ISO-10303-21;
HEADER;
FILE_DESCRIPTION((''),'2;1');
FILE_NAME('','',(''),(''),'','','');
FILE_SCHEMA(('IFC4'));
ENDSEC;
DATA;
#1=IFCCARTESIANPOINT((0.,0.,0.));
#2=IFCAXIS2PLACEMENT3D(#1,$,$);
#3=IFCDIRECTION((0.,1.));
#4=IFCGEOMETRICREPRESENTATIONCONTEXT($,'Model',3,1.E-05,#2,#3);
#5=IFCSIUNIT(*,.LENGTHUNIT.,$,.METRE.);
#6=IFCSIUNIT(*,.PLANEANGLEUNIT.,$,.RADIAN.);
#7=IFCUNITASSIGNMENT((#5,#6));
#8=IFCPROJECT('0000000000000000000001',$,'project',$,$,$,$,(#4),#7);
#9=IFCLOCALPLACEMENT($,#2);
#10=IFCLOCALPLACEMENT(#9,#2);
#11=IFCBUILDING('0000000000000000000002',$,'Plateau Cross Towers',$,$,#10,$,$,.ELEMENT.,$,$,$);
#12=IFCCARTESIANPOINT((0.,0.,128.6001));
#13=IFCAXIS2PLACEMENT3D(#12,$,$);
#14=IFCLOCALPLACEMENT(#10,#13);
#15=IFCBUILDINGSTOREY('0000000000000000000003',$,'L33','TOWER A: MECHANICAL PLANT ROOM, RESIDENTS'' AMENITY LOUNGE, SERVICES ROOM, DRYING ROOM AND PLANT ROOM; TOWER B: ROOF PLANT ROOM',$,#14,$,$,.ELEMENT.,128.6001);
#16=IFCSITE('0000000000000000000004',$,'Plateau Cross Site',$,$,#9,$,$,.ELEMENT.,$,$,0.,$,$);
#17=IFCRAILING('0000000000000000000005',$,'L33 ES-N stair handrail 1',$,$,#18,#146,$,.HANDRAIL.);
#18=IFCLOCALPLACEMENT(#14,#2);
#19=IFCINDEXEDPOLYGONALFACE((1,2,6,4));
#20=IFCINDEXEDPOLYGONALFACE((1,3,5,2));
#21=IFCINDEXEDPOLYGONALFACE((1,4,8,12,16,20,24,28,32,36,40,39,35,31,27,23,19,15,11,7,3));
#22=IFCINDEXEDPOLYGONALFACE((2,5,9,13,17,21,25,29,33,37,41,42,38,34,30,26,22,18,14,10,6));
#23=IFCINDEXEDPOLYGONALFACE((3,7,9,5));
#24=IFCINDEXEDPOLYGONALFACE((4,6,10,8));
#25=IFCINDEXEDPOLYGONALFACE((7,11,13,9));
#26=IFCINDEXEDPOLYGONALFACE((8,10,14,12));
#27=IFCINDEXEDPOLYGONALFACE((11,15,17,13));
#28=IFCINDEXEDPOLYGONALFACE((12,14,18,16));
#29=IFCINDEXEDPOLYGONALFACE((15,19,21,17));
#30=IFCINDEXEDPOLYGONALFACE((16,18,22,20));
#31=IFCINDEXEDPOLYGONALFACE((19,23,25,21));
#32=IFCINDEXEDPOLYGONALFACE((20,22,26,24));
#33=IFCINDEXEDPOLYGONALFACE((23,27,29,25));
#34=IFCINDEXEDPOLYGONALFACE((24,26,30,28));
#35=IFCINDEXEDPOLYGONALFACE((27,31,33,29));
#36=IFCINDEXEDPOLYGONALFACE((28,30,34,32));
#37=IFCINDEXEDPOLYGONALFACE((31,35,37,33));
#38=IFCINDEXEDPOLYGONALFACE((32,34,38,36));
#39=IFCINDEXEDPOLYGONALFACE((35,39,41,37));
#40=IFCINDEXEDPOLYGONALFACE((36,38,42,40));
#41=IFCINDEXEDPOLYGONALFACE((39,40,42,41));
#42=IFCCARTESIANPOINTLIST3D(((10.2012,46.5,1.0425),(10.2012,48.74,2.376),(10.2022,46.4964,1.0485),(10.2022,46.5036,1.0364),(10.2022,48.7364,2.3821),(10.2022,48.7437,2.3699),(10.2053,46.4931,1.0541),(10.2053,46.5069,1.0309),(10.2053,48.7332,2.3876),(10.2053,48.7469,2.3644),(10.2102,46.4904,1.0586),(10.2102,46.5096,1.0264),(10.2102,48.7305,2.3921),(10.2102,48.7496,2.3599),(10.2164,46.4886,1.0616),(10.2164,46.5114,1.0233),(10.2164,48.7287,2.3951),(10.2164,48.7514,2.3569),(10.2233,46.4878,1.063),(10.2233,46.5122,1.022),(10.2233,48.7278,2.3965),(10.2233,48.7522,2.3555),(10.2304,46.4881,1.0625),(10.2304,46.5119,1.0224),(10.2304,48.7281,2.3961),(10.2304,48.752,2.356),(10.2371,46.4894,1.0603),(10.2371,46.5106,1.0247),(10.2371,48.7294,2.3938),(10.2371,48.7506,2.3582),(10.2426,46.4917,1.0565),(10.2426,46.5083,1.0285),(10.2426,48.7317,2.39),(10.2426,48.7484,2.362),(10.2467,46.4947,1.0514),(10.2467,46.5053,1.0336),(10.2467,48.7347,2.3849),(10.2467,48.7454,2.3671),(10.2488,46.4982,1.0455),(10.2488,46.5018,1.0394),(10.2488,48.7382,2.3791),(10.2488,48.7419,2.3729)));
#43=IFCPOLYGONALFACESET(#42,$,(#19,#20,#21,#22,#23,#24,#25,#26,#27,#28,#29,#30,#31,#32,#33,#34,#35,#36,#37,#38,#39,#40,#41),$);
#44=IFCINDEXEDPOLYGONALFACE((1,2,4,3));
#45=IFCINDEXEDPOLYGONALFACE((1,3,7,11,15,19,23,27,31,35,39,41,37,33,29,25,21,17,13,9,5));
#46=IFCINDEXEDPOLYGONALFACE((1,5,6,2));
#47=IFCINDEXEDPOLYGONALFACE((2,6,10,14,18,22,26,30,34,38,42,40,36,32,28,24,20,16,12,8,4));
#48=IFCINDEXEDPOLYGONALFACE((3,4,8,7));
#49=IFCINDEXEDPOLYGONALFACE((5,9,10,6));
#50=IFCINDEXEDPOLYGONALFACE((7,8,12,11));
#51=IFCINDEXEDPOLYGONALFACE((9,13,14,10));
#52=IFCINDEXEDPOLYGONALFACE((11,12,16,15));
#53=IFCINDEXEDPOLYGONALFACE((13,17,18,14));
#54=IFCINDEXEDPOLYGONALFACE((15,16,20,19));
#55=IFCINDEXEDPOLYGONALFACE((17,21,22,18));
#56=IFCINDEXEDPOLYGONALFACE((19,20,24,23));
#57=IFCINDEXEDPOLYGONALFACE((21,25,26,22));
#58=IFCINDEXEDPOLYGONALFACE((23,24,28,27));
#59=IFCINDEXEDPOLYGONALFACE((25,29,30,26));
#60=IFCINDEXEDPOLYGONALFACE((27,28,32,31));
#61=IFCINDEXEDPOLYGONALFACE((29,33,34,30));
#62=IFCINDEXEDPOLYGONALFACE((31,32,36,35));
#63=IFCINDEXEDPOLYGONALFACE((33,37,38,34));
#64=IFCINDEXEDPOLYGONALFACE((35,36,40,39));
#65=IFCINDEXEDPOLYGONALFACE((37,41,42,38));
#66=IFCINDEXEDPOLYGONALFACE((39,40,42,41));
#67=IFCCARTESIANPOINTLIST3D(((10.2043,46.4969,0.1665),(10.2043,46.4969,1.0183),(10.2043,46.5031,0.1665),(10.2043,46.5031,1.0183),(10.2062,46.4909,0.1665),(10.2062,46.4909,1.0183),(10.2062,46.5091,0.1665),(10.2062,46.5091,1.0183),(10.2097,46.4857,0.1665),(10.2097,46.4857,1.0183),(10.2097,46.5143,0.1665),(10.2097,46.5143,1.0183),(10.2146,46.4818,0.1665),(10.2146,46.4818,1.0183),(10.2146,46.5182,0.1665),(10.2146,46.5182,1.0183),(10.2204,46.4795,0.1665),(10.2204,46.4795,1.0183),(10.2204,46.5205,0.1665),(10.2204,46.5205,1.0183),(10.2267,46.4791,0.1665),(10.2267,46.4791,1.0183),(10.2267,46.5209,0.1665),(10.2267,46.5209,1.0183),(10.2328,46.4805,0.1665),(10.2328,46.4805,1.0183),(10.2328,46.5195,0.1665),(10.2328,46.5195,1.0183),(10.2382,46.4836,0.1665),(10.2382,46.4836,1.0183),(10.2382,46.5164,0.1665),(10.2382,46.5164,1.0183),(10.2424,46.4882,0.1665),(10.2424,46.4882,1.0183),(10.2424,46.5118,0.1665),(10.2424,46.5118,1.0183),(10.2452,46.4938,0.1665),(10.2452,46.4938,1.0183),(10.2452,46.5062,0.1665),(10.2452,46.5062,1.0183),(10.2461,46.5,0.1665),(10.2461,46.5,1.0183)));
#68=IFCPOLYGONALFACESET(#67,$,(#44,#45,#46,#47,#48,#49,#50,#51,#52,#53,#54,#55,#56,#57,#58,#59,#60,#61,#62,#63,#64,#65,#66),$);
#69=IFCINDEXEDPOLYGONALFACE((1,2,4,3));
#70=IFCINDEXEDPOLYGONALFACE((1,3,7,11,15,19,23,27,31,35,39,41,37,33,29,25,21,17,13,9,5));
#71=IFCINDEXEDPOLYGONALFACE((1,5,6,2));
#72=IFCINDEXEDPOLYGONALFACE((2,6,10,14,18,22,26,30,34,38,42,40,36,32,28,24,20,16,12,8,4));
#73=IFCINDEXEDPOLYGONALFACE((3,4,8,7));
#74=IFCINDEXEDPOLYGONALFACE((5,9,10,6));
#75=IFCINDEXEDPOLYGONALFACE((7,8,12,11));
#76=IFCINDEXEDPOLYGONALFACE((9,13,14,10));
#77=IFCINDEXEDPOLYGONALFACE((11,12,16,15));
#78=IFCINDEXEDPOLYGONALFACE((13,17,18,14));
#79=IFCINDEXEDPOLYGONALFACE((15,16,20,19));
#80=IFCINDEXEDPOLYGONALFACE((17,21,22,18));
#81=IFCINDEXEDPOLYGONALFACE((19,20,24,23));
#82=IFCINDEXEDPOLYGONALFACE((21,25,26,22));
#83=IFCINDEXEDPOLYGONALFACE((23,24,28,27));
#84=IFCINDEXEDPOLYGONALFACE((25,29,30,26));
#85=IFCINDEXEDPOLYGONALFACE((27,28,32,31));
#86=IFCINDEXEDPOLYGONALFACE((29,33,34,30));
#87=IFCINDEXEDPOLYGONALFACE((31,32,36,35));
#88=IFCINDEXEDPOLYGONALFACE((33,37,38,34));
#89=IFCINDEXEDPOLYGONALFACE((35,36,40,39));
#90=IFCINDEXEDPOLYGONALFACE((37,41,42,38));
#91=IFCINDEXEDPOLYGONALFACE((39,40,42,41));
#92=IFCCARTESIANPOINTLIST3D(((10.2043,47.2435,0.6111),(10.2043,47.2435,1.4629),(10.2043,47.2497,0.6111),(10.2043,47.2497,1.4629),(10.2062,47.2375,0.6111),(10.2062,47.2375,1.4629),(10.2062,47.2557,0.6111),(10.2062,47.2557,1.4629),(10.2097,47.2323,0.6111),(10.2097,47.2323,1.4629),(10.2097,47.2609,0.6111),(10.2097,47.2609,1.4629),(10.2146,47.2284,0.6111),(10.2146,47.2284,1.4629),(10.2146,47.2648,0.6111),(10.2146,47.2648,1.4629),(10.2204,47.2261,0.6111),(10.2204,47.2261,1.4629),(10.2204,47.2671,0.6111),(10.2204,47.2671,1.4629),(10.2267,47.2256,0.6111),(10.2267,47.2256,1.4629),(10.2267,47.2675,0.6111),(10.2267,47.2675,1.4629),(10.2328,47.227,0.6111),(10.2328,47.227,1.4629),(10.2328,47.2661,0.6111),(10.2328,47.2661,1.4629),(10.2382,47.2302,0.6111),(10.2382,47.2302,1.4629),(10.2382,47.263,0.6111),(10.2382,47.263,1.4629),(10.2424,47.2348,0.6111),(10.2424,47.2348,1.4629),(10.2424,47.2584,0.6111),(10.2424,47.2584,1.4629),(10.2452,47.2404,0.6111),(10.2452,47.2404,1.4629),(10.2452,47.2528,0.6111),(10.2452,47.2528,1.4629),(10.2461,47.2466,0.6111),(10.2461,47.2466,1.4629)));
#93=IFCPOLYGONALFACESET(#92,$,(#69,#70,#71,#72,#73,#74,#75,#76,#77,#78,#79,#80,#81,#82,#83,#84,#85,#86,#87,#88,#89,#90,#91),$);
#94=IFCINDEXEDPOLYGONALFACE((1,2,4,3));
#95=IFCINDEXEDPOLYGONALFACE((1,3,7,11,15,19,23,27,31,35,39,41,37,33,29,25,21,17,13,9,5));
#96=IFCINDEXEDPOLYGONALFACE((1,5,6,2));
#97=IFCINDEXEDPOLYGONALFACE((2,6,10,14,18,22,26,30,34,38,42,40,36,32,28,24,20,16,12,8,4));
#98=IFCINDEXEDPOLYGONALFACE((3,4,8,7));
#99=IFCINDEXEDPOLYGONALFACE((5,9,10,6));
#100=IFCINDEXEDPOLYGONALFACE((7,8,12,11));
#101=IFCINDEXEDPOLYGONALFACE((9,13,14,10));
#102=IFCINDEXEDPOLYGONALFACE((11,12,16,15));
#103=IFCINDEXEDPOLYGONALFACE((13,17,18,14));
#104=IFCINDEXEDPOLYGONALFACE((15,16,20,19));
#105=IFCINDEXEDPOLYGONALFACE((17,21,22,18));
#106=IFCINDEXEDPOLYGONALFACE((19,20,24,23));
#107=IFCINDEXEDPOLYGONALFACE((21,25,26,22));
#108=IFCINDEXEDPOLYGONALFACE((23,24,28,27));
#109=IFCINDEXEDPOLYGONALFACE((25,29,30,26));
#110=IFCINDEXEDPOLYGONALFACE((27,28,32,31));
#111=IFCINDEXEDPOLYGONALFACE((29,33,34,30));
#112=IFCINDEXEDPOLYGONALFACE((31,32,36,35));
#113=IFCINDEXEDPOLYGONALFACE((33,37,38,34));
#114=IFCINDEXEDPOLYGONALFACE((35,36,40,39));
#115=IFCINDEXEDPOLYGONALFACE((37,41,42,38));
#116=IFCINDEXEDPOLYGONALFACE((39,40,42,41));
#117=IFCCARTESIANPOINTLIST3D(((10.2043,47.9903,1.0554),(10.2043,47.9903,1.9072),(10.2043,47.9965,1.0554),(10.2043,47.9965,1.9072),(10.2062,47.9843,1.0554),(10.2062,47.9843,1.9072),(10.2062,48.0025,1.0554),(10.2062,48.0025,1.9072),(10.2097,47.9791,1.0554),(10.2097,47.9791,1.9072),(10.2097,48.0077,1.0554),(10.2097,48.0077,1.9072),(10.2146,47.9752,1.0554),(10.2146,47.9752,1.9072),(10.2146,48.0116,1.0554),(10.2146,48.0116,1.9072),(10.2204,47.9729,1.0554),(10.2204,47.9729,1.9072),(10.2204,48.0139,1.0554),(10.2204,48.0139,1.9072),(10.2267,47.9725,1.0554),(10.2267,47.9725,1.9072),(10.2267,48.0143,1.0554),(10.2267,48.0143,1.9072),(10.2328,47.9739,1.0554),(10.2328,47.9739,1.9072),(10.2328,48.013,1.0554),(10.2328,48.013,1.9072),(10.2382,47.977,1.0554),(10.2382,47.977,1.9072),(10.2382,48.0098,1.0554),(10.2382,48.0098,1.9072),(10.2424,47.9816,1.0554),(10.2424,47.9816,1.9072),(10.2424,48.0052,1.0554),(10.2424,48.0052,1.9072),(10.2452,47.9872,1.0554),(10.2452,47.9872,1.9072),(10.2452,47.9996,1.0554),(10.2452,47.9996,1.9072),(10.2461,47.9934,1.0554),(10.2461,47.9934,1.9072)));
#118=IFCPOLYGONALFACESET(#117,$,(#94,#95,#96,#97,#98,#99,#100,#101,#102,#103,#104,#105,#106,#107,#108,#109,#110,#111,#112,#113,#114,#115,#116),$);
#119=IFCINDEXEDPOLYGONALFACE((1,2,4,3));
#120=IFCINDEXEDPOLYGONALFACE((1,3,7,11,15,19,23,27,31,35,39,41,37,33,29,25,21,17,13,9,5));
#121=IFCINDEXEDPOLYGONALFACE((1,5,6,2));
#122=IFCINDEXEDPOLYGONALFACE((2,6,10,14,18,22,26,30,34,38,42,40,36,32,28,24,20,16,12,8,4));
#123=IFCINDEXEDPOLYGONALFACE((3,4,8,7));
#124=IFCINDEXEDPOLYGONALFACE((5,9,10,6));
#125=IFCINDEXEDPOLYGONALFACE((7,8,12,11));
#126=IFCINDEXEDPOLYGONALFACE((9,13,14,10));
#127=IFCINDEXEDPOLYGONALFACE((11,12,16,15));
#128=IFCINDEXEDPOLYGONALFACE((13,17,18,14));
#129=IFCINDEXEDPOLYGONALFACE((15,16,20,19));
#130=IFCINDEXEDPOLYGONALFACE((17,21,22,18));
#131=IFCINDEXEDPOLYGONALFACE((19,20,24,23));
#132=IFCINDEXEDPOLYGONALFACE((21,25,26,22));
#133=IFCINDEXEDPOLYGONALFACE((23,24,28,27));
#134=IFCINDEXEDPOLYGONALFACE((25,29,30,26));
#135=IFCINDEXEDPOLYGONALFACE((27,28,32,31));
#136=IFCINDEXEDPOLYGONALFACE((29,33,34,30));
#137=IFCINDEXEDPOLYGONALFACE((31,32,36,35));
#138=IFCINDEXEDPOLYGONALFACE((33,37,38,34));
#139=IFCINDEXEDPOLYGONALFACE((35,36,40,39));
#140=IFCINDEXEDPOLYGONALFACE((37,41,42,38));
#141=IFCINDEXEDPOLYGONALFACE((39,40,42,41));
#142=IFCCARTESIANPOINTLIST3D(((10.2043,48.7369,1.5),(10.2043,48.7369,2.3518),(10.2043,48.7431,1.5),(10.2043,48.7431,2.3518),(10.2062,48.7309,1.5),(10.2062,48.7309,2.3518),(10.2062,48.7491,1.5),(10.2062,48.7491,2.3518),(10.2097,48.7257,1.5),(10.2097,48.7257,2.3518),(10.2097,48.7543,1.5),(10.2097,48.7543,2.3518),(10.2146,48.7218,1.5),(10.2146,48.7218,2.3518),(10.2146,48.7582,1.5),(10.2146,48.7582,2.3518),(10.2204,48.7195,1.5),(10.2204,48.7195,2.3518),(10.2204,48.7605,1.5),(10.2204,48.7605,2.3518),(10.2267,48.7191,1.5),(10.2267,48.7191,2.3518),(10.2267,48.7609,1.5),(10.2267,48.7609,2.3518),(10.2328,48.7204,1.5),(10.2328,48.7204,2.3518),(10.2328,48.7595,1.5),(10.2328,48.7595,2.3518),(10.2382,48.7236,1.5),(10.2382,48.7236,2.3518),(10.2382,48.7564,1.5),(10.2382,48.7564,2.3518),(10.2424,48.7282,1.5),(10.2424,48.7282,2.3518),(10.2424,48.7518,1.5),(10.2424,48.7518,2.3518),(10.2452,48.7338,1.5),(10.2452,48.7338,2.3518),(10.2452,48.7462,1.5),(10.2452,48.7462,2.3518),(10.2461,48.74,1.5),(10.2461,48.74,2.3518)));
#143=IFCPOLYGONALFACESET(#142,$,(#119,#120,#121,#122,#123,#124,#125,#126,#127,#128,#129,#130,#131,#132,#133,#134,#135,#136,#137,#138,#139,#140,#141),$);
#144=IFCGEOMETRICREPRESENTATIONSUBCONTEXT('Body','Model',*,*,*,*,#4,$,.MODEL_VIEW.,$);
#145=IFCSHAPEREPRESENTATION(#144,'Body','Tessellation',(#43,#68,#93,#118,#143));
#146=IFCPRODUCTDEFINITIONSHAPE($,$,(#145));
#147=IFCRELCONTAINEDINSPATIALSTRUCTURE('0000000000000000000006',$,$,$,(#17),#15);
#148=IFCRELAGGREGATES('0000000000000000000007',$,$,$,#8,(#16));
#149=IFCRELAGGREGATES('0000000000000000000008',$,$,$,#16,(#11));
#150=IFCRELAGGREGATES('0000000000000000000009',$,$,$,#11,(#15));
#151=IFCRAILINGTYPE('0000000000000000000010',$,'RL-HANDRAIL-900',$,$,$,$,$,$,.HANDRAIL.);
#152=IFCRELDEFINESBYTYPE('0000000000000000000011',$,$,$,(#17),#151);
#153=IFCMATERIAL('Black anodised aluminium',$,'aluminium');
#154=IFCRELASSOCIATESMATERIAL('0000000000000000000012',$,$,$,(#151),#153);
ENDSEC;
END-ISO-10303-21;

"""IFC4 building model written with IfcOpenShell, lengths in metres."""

from ifc_helpers import new_model, si_unit, direction, frame, origin, origin_2d, place, context, subcontext, project, spatial, circle, extrude, material, type_object, element, save


model = new_model("IFC4")

# Units and contexts
model_context = context("Model", 3, precision=1e-05, world=origin(), true_north=direction((0.0, 1.0)))
body_context = subcontext(model_context, "Body", "Model", "MODEL_VIEW")
ifc_project = project(units=[si_unit("LENGTHUNIT", "METRE"), si_unit("PLANEANGLEUNIT", "RADIAN")], contexts=[model_context])

# Site, building, storey
site_placement = place(None, origin())
site = spatial("IfcSite", under=ifc_project, at=site_placement, Name="Plateau Cross Site", CompositionType="ELEMENT", RefElevation=0.0)
building_placement = place(site_placement, origin())
building = spatial("IfcBuilding", under=site, at=building_placement, Name="Plateau Cross Towers", CompositionType="ELEMENT")
storey_placement = place(building_placement, frame((0.0, 0.0, 128.6001)))
storey = spatial("IfcBuildingStorey", under=building, at=storey_placement, Name="L33", Description="TOWER A: MECHANICAL PLANT ROOM, RESIDENTS' AMENITY LOUNGE, SERVICES ROOM, DRYING ROOM AND PLANT ROOM; TOWER B: ROOF PLANT ROOM", CompositionType="ELEMENT", Elevation=128.6001)

# Shared definitions
ifc_material_1 = material(Name="Black anodised aluminium", Category="aluminium")

# Railing
railing_type_1 = type_object("IfcRailingType", Name="RL-HANDRAIL-900", PredefinedType="HANDRAIL", material=ifc_material_1)
for number, where, name in (
    (1, (10.2251, 46.5, 0.1665), "L33 ES-N stair handrail 1"),
):
    element("IfcRailing", number, at=place(storey_placement, frame(where)), inside=storey, type_object=railing_type_1, Name=name, PredefinedType="HANDRAIL", context=body_context, shape_type="SweptSolid", body=[
        extrude(circle(Radius=0.0239, at=origin_2d()), frame((0.0, 0.0, 0.876), z_axis=(0.0, 0.859264, 0.511532), x_axis=(-1.0, 0.0, 0.0)), (0.0, 0.0, 1.0), 2.6069),
        extrude(circle(Radius=0.021, at=origin_2d()), origin(), (0.0, 0.0, 1.0), 0.8518),
        extrude(circle(Radius=0.021, at=origin_2d()), frame((0.0, 0.7466, 0.4446)), (0.0, 0.0, 1.0), 0.8518),
        extrude(circle(Radius=0.021, at=origin_2d()), frame((0.0, 1.4934, 0.8889)), (0.0, 0.0, 1.0), 0.8518),
        extrude(circle(Radius=0.021, at=origin_2d()), frame((0.0, 2.24, 1.3335)), (0.0, 0.0, 1.0), 0.8518),
    ])

save(model, "model.ifc")
